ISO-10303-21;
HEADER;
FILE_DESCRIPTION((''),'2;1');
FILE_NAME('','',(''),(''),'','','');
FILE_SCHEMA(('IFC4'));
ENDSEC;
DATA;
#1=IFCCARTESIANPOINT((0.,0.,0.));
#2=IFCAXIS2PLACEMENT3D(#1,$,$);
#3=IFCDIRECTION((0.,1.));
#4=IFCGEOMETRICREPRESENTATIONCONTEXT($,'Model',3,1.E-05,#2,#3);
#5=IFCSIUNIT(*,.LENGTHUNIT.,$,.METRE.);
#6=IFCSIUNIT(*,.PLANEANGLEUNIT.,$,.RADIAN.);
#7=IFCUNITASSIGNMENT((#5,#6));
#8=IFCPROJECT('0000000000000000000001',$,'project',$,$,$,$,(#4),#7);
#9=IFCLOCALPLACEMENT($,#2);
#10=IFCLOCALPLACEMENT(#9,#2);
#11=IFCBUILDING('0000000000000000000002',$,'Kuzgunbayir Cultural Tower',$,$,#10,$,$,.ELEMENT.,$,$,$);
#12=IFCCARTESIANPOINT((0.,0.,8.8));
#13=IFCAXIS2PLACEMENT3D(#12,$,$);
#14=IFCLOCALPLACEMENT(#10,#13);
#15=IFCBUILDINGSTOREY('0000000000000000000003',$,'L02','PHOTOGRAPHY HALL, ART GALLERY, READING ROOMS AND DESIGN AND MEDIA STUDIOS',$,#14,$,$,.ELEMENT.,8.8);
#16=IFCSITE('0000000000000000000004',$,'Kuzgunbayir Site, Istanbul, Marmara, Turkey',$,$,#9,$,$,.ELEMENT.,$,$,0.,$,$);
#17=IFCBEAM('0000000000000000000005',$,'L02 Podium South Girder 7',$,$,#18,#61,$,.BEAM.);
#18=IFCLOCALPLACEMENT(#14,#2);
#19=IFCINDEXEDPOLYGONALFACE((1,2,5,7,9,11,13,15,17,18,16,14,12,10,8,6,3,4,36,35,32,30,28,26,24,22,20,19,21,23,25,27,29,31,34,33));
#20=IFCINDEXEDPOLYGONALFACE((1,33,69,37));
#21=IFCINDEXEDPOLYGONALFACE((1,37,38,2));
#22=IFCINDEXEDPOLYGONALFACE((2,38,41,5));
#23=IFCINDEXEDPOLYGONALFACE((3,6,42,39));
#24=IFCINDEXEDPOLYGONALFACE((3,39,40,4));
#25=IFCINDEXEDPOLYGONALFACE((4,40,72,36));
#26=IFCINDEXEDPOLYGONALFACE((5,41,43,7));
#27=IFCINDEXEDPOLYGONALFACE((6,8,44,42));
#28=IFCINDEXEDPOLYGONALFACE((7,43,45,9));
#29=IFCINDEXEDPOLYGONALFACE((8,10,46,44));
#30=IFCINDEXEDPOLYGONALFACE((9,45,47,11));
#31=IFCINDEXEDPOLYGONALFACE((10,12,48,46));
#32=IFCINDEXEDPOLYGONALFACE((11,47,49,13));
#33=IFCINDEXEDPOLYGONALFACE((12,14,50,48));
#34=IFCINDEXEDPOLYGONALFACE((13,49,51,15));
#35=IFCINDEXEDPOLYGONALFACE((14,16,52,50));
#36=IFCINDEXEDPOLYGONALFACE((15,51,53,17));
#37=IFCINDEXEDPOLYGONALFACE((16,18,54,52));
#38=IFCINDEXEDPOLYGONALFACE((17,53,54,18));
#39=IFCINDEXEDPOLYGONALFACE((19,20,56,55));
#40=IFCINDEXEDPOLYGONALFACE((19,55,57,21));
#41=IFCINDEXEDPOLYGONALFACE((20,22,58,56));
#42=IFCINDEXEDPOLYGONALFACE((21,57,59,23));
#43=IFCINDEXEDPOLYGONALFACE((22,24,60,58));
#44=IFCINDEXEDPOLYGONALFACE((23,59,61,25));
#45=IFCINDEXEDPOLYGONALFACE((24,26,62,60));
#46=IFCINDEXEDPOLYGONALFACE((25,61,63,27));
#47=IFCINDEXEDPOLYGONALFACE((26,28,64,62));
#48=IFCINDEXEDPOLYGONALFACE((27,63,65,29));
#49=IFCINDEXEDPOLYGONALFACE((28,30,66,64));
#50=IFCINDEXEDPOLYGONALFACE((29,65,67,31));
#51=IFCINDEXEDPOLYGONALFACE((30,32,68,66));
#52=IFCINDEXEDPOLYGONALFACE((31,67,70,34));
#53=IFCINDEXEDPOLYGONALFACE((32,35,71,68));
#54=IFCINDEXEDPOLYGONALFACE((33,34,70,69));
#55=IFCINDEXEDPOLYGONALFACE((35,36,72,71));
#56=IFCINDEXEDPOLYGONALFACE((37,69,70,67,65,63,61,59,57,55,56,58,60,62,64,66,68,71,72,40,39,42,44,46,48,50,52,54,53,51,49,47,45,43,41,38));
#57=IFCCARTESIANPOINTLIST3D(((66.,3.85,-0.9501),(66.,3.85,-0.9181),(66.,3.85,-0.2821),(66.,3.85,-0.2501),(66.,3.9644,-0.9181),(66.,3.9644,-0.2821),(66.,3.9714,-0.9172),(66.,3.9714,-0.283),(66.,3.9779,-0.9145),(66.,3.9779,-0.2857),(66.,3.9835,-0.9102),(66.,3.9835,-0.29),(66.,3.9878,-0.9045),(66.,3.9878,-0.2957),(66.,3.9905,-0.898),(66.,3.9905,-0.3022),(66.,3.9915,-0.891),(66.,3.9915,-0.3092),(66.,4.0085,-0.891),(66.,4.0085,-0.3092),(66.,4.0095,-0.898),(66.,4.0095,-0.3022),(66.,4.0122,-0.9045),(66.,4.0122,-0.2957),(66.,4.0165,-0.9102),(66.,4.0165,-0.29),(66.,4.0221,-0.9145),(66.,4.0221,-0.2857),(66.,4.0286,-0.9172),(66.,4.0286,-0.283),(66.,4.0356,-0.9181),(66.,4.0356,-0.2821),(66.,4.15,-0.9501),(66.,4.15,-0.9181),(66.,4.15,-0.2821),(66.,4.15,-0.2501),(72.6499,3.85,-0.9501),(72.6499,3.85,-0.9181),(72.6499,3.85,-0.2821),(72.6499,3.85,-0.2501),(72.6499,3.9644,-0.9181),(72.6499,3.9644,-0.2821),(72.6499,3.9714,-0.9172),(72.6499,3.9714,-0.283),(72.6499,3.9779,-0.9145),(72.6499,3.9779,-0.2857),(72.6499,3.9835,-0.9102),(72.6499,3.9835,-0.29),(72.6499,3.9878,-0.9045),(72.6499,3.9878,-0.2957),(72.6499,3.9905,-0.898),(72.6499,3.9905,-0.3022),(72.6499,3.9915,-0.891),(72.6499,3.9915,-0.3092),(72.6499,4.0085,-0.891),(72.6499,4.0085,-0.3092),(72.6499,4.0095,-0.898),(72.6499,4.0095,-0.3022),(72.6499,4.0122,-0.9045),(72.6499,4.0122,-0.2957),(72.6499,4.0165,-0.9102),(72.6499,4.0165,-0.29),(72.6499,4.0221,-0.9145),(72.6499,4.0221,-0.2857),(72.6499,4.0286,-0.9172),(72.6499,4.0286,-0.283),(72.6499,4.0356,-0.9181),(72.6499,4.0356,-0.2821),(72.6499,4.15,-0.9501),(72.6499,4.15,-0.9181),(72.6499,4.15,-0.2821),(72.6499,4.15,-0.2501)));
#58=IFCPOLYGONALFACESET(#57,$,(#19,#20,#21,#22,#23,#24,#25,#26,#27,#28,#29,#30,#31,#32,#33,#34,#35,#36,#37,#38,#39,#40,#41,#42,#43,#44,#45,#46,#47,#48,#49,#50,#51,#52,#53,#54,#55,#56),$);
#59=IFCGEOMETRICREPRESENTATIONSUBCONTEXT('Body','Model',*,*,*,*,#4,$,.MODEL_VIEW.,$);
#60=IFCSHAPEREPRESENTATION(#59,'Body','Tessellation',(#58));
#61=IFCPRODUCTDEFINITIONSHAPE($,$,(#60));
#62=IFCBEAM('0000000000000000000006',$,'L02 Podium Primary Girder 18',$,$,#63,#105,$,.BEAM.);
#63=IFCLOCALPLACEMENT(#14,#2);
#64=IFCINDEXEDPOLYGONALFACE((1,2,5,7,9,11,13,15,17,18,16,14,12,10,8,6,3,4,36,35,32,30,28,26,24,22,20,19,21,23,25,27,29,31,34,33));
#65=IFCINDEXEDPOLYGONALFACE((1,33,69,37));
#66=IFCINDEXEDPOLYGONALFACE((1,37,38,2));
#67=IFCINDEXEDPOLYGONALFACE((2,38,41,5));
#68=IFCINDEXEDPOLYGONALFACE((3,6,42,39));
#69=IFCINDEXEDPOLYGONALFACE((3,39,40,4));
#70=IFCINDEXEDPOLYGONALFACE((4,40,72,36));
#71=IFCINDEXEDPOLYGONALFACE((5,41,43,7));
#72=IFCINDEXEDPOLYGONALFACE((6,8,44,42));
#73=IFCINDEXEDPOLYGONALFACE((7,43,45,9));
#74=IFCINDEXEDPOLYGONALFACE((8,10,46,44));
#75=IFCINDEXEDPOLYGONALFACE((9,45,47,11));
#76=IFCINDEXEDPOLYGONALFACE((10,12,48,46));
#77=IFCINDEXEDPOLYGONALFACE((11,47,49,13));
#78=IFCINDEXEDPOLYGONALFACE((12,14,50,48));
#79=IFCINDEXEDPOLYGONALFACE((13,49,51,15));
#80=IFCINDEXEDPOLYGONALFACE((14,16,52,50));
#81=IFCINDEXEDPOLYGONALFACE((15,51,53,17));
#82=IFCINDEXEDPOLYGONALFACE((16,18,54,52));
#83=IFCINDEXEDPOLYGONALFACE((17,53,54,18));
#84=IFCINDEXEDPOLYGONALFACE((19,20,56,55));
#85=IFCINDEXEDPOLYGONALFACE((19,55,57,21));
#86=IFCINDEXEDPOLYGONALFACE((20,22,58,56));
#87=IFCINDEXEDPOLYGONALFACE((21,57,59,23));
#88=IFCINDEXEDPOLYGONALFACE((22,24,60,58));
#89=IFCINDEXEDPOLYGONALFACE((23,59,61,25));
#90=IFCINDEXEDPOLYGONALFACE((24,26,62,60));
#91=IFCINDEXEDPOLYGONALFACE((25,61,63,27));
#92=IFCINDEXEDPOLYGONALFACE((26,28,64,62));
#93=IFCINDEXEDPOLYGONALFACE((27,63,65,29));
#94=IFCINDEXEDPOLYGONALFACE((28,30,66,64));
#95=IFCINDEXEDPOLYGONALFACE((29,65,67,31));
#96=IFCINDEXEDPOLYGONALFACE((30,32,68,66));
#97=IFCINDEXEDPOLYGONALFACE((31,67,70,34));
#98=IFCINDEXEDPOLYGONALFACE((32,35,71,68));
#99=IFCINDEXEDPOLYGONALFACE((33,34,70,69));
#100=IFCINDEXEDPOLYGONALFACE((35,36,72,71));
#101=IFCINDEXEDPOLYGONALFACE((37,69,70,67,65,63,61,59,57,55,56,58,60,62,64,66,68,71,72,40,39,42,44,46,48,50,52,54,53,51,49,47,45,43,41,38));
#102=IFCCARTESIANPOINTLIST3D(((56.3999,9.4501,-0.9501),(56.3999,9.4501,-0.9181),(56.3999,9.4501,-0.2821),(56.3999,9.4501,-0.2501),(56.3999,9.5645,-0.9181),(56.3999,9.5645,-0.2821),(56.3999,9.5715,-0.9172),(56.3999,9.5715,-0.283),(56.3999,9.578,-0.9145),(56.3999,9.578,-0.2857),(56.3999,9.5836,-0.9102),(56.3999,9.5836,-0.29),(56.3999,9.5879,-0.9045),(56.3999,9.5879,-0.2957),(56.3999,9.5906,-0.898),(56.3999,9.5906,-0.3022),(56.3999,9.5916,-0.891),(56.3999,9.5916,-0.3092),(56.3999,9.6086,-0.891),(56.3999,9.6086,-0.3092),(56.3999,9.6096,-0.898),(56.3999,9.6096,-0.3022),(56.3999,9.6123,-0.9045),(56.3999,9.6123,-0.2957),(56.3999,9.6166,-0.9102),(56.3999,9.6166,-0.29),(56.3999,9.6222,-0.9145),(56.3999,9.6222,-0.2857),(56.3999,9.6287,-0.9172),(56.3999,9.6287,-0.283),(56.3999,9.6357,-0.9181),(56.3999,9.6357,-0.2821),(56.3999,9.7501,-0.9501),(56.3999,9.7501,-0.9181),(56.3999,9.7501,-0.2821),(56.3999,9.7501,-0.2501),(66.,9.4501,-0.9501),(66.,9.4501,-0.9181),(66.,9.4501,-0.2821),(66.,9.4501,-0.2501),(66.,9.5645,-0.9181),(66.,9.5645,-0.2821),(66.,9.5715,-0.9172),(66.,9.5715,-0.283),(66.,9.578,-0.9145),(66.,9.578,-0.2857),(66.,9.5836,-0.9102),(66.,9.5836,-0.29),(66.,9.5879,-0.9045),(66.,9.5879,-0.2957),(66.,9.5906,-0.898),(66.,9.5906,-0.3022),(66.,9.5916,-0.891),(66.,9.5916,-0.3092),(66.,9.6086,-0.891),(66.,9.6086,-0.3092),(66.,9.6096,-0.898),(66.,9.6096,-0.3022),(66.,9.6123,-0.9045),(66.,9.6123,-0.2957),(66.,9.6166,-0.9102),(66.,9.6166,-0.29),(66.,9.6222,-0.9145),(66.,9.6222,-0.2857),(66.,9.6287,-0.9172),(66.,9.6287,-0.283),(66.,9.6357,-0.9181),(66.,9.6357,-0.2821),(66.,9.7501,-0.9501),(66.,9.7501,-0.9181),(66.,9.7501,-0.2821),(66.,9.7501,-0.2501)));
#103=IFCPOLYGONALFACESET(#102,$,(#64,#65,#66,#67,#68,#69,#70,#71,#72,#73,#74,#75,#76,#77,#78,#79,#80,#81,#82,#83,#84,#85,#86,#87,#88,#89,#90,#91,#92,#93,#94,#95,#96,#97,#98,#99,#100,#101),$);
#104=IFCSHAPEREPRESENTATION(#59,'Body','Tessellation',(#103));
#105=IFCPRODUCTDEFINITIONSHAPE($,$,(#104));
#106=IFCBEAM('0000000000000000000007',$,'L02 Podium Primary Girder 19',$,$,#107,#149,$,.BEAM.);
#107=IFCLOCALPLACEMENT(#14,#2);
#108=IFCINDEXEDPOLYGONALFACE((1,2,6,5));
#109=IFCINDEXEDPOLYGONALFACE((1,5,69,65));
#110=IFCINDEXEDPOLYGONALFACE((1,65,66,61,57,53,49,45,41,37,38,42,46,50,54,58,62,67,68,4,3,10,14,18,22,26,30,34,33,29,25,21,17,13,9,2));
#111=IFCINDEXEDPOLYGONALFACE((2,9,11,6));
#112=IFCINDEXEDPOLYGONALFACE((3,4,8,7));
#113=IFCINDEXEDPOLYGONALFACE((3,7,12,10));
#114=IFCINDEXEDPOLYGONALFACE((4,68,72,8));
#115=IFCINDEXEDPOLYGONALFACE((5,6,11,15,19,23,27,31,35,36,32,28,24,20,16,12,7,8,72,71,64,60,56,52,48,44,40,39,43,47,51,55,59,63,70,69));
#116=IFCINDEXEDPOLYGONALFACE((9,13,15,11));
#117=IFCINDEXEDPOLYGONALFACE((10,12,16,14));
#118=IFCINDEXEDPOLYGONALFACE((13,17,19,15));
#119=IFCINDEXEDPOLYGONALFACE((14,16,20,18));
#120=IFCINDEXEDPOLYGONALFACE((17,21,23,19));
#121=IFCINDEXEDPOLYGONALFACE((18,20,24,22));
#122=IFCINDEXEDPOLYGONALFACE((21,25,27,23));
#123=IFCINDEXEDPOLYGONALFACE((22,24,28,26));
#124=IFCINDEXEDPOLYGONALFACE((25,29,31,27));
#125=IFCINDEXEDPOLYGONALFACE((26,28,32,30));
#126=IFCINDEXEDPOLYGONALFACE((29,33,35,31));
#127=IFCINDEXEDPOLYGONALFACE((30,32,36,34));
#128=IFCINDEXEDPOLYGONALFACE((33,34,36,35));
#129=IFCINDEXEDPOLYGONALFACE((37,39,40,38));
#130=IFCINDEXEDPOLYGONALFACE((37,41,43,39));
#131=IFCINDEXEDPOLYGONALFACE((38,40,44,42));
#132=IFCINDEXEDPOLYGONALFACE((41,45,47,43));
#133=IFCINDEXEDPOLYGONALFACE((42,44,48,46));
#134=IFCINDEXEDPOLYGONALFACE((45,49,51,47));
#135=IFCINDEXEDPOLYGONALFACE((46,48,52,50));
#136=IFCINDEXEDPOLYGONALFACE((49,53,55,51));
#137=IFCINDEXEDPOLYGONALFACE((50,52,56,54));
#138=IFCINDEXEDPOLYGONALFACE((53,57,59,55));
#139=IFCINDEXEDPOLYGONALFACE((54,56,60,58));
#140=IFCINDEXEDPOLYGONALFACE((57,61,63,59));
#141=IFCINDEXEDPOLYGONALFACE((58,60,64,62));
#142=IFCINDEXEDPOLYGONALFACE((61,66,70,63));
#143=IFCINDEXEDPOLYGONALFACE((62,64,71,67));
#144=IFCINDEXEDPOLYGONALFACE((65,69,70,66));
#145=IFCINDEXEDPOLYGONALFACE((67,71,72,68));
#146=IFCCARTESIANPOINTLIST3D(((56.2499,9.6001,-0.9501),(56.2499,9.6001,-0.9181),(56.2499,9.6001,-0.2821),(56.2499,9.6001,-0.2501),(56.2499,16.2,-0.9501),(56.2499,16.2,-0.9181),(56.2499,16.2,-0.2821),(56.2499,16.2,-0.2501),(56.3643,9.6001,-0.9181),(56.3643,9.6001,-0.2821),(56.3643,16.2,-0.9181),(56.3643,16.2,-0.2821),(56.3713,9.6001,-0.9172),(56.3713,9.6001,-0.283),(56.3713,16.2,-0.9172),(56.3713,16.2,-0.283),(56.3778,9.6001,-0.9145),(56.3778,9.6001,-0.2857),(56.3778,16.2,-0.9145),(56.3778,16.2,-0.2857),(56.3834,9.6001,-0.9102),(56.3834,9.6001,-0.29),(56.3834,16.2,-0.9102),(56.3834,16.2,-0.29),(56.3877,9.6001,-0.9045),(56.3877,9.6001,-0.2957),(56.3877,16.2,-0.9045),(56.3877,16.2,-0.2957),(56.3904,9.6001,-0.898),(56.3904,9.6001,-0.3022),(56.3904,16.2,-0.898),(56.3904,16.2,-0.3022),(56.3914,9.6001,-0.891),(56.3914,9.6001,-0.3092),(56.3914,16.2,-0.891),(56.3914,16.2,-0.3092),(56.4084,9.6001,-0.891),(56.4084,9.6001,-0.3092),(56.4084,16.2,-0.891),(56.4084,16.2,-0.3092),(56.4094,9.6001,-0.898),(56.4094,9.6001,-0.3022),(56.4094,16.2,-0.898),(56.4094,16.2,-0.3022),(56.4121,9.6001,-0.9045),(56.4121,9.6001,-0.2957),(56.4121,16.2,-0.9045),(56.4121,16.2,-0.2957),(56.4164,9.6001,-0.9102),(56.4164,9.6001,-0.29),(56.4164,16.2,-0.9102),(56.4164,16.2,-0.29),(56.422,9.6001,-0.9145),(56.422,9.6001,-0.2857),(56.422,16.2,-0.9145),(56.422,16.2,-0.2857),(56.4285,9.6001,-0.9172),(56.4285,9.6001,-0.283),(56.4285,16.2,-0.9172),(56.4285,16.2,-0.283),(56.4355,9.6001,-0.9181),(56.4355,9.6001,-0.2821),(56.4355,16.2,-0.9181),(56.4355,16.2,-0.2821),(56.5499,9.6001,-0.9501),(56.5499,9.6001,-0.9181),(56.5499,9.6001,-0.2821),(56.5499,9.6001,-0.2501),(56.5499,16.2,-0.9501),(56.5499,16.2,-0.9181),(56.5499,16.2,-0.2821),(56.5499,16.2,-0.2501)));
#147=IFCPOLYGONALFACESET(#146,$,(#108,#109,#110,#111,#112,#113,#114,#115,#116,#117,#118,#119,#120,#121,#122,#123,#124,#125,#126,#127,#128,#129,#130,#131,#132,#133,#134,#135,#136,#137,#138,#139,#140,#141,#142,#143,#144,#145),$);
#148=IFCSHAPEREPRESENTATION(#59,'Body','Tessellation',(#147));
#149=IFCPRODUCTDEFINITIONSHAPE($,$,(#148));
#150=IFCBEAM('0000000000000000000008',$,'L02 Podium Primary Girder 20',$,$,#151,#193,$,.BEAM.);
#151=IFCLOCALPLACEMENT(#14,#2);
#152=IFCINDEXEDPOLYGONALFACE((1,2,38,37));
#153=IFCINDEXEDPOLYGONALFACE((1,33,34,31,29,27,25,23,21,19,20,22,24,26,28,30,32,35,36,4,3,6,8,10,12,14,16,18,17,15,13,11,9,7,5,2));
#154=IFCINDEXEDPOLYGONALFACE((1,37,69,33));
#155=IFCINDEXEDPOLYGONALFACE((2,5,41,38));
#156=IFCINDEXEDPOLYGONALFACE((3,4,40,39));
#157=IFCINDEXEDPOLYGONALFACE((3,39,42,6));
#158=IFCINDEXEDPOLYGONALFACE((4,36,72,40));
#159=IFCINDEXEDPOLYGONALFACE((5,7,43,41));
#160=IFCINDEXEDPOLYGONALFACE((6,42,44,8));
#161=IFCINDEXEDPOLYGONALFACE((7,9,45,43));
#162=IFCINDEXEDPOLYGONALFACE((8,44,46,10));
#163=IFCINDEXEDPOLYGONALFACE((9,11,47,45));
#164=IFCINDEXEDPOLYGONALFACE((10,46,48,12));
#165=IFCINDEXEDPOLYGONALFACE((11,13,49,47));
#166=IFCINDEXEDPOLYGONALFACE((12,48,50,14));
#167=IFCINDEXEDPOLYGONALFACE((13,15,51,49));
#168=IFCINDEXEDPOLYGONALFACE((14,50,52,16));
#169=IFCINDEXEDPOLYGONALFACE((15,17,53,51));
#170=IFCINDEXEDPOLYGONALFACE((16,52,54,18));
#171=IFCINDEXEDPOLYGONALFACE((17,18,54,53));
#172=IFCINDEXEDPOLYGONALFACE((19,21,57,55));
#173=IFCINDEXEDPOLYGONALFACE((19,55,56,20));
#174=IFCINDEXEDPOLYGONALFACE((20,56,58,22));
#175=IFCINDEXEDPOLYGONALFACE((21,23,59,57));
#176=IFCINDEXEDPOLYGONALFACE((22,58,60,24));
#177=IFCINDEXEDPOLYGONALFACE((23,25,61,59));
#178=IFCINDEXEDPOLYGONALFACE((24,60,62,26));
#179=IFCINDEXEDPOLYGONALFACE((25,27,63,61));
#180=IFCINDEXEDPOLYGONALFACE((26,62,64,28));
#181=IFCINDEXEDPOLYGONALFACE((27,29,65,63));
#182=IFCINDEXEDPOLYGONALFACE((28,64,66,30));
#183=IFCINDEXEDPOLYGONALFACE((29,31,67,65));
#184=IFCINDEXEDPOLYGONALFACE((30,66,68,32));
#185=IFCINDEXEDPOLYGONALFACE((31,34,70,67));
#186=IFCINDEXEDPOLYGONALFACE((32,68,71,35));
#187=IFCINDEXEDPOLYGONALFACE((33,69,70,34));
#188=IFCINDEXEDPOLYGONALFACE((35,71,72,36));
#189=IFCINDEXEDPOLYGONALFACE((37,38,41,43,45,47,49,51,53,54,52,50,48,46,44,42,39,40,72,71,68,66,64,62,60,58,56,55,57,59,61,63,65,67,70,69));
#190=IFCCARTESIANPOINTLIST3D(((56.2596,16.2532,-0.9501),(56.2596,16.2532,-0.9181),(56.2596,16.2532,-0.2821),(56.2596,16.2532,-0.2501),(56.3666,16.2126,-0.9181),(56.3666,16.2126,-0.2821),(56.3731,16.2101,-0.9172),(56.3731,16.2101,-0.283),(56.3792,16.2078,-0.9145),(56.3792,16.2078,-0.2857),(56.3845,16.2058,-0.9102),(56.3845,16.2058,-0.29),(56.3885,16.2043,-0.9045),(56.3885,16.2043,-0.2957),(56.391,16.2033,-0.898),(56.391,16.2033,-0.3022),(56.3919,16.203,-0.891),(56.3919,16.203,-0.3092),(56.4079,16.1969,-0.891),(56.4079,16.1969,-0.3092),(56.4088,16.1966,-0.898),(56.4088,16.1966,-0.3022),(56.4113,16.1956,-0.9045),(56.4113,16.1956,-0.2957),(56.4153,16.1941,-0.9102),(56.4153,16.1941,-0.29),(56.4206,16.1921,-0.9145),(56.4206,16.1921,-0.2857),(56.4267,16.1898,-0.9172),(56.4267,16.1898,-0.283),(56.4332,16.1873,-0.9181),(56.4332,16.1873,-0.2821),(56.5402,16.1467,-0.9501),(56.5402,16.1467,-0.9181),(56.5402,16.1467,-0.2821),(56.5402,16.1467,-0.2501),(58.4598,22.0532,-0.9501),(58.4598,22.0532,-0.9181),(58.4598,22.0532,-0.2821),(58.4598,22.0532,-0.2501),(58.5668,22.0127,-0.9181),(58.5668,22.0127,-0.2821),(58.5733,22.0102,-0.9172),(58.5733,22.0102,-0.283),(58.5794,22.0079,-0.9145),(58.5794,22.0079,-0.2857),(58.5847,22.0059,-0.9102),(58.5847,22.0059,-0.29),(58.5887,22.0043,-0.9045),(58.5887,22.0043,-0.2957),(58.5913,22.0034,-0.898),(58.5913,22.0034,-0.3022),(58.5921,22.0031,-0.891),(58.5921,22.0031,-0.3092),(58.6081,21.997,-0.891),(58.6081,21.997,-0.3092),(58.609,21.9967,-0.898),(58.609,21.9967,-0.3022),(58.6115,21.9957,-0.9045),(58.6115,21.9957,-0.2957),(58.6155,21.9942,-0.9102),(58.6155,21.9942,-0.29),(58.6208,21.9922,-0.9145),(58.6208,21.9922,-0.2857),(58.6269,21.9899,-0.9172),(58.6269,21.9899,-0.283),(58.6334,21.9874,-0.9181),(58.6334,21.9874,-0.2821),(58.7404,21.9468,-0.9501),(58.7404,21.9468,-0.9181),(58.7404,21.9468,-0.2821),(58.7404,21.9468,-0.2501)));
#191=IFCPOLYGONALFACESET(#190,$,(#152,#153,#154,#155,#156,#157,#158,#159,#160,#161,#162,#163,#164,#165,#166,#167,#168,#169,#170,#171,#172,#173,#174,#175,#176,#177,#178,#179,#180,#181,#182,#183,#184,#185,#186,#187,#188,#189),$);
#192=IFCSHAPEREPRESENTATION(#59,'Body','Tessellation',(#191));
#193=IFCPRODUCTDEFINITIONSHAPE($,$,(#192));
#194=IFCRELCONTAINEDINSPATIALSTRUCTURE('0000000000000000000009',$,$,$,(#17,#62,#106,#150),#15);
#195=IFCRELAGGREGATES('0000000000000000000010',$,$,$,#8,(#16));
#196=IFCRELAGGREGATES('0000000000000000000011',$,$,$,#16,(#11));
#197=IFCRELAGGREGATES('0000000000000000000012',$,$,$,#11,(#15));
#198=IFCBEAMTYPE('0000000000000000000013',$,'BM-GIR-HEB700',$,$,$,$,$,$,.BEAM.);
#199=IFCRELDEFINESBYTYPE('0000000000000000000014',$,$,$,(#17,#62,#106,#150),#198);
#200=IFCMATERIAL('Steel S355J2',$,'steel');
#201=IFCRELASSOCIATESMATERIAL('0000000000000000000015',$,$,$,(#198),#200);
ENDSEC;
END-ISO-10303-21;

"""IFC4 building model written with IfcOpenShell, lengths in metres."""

from ifc_helpers import new_model, si_unit, direction, frame, origin, origin_2d, place, context, subcontext, project, spatial, i_section, extrude, material, material_profile, profile_set, type_object, element, save


model = new_model("IFC4")

# Units and contexts
model_context = context("Model", 3, precision=1e-05, world=origin(), true_north=direction((0.0, 1.0)))
body_context = subcontext(model_context, "Body", "Model", "MODEL_VIEW")
ifc_project = project(units=[si_unit("LENGTHUNIT", "METRE"), si_unit("PLANEANGLEUNIT", "RADIAN")], contexts=[model_context])

# Site, building, storey
site_placement = place(None, origin())
site = spatial("IfcSite", under=ifc_project, at=site_placement, Name="Kuzgunbayir Site, Istanbul, Marmara, Turkey", CompositionType="ELEMENT", RefElevation=0.0)
building_placement = place(site_placement, origin())
building = spatial("IfcBuilding", under=site, at=building_placement, Name="Kuzgunbayir Cultural Tower", CompositionType="ELEMENT")
storey_placement = place(building_placement, frame((0.0, 0.0, 8.8)))
storey = spatial("IfcBuildingStorey", under=building, at=storey_placement, Name="L02", Description="PHOTOGRAPHY HALL, ART GALLERY, READING ROOMS AND DESIGN AND MEDIA STUDIOS", CompositionType="ELEMENT", Elevation=8.8)

# Beams
ifc_material_1 = material(Name="Steel S355J2", Category="steel")
ifc_material_profile_1 = material_profile(ifc_material_1, i_section(OverallWidth=0.3, OverallDepth=0.7, WebThickness=0.0171, FlangeThickness=0.032, FilletRadius=0.0271, at=origin_2d()), Name="HEB 700")
ifc_profile_set_1 = profile_set([ifc_material_profile_1], Name="Steel S355J2")
beam_type = type_object("IfcBeamType", Name="BM-GIR-HEB700", PredefinedType="BEAM", material=ifc_profile_set_1)
beam_1_placement = place(storey_placement, frame((66.0, 4.0, -0.6001), z_axis=(1.0, 0.0, 0.0), x_axis=(0.0, 1.0, 0.0)))
element("IfcBeam", 1, at=beam_1_placement, inside=storey, type_object=beam_type, Name="L02 Podium South Girder 7", PredefinedType="BEAM", context=body_context, shape_type="SweptSolid", body=[
    extrude(i_section(OverallWidth=0.3, OverallDepth=0.7, WebThickness=0.0171, FlangeThickness=0.032, FilletRadius=0.0271, at=origin_2d()), origin(), (0.0, 0.0, 1.0), 6.6499),
])
beam_2_placement = place(storey_placement, frame((56.3999, 9.6001, -0.6001), z_axis=(1.0, 0.0, 0.0), x_axis=(0.0, 1.0, 0.0)))
element("IfcBeam", 2, at=beam_2_placement, inside=storey, type_object=beam_type, Name="L02 Podium Primary Girder 18", PredefinedType="BEAM", context=body_context, shape_type="SweptSolid", body=[
    extrude(i_section(OverallWidth=0.3, OverallDepth=0.7, WebThickness=0.0171, FlangeThickness=0.032, FilletRadius=0.0271, at=origin_2d()), origin(), (0.0, 0.0, 1.0), 9.6001),
])
beam_3_placement = place(storey_placement, frame((56.3999, 9.6001, -0.6001), z_axis=(0.0, 1.0, 0.0), x_axis=(-1.0, 0.0, 0.0)))
element("IfcBeam", 3, at=beam_3_placement, inside=storey, type_object=beam_type, Name="L02 Podium Primary Girder 19", PredefinedType="BEAM", context=body_context, shape_type="SweptSolid", body=[
    extrude(i_section(OverallWidth=0.3, OverallDepth=0.7, WebThickness=0.0171, FlangeThickness=0.032, FilletRadius=0.0271, at=origin_2d()), origin(), (0.0, 0.0, 1.0), 6.5999),
])
beam_4_placement = place(storey_placement, frame((56.3999, 16.2, -0.6001), z_axis=(0.354679, 0.934988, 0.0), x_axis=(-0.934988, 0.354679, 0.0)))
element("IfcBeam", 4, at=beam_4_placement, inside=storey, type_object=beam_type, Name="L02 Podium Primary Girder 20", PredefinedType="BEAM", context=body_context, shape_type="SweptSolid", body=[
    extrude(i_section(OverallWidth=0.3, OverallDepth=0.7, WebThickness=0.0171, FlangeThickness=0.032, FilletRadius=0.0271, at=origin_2d()), origin(), (0.0, 0.0, 1.0), 6.2034),
])

save(model, "model.ifc")
